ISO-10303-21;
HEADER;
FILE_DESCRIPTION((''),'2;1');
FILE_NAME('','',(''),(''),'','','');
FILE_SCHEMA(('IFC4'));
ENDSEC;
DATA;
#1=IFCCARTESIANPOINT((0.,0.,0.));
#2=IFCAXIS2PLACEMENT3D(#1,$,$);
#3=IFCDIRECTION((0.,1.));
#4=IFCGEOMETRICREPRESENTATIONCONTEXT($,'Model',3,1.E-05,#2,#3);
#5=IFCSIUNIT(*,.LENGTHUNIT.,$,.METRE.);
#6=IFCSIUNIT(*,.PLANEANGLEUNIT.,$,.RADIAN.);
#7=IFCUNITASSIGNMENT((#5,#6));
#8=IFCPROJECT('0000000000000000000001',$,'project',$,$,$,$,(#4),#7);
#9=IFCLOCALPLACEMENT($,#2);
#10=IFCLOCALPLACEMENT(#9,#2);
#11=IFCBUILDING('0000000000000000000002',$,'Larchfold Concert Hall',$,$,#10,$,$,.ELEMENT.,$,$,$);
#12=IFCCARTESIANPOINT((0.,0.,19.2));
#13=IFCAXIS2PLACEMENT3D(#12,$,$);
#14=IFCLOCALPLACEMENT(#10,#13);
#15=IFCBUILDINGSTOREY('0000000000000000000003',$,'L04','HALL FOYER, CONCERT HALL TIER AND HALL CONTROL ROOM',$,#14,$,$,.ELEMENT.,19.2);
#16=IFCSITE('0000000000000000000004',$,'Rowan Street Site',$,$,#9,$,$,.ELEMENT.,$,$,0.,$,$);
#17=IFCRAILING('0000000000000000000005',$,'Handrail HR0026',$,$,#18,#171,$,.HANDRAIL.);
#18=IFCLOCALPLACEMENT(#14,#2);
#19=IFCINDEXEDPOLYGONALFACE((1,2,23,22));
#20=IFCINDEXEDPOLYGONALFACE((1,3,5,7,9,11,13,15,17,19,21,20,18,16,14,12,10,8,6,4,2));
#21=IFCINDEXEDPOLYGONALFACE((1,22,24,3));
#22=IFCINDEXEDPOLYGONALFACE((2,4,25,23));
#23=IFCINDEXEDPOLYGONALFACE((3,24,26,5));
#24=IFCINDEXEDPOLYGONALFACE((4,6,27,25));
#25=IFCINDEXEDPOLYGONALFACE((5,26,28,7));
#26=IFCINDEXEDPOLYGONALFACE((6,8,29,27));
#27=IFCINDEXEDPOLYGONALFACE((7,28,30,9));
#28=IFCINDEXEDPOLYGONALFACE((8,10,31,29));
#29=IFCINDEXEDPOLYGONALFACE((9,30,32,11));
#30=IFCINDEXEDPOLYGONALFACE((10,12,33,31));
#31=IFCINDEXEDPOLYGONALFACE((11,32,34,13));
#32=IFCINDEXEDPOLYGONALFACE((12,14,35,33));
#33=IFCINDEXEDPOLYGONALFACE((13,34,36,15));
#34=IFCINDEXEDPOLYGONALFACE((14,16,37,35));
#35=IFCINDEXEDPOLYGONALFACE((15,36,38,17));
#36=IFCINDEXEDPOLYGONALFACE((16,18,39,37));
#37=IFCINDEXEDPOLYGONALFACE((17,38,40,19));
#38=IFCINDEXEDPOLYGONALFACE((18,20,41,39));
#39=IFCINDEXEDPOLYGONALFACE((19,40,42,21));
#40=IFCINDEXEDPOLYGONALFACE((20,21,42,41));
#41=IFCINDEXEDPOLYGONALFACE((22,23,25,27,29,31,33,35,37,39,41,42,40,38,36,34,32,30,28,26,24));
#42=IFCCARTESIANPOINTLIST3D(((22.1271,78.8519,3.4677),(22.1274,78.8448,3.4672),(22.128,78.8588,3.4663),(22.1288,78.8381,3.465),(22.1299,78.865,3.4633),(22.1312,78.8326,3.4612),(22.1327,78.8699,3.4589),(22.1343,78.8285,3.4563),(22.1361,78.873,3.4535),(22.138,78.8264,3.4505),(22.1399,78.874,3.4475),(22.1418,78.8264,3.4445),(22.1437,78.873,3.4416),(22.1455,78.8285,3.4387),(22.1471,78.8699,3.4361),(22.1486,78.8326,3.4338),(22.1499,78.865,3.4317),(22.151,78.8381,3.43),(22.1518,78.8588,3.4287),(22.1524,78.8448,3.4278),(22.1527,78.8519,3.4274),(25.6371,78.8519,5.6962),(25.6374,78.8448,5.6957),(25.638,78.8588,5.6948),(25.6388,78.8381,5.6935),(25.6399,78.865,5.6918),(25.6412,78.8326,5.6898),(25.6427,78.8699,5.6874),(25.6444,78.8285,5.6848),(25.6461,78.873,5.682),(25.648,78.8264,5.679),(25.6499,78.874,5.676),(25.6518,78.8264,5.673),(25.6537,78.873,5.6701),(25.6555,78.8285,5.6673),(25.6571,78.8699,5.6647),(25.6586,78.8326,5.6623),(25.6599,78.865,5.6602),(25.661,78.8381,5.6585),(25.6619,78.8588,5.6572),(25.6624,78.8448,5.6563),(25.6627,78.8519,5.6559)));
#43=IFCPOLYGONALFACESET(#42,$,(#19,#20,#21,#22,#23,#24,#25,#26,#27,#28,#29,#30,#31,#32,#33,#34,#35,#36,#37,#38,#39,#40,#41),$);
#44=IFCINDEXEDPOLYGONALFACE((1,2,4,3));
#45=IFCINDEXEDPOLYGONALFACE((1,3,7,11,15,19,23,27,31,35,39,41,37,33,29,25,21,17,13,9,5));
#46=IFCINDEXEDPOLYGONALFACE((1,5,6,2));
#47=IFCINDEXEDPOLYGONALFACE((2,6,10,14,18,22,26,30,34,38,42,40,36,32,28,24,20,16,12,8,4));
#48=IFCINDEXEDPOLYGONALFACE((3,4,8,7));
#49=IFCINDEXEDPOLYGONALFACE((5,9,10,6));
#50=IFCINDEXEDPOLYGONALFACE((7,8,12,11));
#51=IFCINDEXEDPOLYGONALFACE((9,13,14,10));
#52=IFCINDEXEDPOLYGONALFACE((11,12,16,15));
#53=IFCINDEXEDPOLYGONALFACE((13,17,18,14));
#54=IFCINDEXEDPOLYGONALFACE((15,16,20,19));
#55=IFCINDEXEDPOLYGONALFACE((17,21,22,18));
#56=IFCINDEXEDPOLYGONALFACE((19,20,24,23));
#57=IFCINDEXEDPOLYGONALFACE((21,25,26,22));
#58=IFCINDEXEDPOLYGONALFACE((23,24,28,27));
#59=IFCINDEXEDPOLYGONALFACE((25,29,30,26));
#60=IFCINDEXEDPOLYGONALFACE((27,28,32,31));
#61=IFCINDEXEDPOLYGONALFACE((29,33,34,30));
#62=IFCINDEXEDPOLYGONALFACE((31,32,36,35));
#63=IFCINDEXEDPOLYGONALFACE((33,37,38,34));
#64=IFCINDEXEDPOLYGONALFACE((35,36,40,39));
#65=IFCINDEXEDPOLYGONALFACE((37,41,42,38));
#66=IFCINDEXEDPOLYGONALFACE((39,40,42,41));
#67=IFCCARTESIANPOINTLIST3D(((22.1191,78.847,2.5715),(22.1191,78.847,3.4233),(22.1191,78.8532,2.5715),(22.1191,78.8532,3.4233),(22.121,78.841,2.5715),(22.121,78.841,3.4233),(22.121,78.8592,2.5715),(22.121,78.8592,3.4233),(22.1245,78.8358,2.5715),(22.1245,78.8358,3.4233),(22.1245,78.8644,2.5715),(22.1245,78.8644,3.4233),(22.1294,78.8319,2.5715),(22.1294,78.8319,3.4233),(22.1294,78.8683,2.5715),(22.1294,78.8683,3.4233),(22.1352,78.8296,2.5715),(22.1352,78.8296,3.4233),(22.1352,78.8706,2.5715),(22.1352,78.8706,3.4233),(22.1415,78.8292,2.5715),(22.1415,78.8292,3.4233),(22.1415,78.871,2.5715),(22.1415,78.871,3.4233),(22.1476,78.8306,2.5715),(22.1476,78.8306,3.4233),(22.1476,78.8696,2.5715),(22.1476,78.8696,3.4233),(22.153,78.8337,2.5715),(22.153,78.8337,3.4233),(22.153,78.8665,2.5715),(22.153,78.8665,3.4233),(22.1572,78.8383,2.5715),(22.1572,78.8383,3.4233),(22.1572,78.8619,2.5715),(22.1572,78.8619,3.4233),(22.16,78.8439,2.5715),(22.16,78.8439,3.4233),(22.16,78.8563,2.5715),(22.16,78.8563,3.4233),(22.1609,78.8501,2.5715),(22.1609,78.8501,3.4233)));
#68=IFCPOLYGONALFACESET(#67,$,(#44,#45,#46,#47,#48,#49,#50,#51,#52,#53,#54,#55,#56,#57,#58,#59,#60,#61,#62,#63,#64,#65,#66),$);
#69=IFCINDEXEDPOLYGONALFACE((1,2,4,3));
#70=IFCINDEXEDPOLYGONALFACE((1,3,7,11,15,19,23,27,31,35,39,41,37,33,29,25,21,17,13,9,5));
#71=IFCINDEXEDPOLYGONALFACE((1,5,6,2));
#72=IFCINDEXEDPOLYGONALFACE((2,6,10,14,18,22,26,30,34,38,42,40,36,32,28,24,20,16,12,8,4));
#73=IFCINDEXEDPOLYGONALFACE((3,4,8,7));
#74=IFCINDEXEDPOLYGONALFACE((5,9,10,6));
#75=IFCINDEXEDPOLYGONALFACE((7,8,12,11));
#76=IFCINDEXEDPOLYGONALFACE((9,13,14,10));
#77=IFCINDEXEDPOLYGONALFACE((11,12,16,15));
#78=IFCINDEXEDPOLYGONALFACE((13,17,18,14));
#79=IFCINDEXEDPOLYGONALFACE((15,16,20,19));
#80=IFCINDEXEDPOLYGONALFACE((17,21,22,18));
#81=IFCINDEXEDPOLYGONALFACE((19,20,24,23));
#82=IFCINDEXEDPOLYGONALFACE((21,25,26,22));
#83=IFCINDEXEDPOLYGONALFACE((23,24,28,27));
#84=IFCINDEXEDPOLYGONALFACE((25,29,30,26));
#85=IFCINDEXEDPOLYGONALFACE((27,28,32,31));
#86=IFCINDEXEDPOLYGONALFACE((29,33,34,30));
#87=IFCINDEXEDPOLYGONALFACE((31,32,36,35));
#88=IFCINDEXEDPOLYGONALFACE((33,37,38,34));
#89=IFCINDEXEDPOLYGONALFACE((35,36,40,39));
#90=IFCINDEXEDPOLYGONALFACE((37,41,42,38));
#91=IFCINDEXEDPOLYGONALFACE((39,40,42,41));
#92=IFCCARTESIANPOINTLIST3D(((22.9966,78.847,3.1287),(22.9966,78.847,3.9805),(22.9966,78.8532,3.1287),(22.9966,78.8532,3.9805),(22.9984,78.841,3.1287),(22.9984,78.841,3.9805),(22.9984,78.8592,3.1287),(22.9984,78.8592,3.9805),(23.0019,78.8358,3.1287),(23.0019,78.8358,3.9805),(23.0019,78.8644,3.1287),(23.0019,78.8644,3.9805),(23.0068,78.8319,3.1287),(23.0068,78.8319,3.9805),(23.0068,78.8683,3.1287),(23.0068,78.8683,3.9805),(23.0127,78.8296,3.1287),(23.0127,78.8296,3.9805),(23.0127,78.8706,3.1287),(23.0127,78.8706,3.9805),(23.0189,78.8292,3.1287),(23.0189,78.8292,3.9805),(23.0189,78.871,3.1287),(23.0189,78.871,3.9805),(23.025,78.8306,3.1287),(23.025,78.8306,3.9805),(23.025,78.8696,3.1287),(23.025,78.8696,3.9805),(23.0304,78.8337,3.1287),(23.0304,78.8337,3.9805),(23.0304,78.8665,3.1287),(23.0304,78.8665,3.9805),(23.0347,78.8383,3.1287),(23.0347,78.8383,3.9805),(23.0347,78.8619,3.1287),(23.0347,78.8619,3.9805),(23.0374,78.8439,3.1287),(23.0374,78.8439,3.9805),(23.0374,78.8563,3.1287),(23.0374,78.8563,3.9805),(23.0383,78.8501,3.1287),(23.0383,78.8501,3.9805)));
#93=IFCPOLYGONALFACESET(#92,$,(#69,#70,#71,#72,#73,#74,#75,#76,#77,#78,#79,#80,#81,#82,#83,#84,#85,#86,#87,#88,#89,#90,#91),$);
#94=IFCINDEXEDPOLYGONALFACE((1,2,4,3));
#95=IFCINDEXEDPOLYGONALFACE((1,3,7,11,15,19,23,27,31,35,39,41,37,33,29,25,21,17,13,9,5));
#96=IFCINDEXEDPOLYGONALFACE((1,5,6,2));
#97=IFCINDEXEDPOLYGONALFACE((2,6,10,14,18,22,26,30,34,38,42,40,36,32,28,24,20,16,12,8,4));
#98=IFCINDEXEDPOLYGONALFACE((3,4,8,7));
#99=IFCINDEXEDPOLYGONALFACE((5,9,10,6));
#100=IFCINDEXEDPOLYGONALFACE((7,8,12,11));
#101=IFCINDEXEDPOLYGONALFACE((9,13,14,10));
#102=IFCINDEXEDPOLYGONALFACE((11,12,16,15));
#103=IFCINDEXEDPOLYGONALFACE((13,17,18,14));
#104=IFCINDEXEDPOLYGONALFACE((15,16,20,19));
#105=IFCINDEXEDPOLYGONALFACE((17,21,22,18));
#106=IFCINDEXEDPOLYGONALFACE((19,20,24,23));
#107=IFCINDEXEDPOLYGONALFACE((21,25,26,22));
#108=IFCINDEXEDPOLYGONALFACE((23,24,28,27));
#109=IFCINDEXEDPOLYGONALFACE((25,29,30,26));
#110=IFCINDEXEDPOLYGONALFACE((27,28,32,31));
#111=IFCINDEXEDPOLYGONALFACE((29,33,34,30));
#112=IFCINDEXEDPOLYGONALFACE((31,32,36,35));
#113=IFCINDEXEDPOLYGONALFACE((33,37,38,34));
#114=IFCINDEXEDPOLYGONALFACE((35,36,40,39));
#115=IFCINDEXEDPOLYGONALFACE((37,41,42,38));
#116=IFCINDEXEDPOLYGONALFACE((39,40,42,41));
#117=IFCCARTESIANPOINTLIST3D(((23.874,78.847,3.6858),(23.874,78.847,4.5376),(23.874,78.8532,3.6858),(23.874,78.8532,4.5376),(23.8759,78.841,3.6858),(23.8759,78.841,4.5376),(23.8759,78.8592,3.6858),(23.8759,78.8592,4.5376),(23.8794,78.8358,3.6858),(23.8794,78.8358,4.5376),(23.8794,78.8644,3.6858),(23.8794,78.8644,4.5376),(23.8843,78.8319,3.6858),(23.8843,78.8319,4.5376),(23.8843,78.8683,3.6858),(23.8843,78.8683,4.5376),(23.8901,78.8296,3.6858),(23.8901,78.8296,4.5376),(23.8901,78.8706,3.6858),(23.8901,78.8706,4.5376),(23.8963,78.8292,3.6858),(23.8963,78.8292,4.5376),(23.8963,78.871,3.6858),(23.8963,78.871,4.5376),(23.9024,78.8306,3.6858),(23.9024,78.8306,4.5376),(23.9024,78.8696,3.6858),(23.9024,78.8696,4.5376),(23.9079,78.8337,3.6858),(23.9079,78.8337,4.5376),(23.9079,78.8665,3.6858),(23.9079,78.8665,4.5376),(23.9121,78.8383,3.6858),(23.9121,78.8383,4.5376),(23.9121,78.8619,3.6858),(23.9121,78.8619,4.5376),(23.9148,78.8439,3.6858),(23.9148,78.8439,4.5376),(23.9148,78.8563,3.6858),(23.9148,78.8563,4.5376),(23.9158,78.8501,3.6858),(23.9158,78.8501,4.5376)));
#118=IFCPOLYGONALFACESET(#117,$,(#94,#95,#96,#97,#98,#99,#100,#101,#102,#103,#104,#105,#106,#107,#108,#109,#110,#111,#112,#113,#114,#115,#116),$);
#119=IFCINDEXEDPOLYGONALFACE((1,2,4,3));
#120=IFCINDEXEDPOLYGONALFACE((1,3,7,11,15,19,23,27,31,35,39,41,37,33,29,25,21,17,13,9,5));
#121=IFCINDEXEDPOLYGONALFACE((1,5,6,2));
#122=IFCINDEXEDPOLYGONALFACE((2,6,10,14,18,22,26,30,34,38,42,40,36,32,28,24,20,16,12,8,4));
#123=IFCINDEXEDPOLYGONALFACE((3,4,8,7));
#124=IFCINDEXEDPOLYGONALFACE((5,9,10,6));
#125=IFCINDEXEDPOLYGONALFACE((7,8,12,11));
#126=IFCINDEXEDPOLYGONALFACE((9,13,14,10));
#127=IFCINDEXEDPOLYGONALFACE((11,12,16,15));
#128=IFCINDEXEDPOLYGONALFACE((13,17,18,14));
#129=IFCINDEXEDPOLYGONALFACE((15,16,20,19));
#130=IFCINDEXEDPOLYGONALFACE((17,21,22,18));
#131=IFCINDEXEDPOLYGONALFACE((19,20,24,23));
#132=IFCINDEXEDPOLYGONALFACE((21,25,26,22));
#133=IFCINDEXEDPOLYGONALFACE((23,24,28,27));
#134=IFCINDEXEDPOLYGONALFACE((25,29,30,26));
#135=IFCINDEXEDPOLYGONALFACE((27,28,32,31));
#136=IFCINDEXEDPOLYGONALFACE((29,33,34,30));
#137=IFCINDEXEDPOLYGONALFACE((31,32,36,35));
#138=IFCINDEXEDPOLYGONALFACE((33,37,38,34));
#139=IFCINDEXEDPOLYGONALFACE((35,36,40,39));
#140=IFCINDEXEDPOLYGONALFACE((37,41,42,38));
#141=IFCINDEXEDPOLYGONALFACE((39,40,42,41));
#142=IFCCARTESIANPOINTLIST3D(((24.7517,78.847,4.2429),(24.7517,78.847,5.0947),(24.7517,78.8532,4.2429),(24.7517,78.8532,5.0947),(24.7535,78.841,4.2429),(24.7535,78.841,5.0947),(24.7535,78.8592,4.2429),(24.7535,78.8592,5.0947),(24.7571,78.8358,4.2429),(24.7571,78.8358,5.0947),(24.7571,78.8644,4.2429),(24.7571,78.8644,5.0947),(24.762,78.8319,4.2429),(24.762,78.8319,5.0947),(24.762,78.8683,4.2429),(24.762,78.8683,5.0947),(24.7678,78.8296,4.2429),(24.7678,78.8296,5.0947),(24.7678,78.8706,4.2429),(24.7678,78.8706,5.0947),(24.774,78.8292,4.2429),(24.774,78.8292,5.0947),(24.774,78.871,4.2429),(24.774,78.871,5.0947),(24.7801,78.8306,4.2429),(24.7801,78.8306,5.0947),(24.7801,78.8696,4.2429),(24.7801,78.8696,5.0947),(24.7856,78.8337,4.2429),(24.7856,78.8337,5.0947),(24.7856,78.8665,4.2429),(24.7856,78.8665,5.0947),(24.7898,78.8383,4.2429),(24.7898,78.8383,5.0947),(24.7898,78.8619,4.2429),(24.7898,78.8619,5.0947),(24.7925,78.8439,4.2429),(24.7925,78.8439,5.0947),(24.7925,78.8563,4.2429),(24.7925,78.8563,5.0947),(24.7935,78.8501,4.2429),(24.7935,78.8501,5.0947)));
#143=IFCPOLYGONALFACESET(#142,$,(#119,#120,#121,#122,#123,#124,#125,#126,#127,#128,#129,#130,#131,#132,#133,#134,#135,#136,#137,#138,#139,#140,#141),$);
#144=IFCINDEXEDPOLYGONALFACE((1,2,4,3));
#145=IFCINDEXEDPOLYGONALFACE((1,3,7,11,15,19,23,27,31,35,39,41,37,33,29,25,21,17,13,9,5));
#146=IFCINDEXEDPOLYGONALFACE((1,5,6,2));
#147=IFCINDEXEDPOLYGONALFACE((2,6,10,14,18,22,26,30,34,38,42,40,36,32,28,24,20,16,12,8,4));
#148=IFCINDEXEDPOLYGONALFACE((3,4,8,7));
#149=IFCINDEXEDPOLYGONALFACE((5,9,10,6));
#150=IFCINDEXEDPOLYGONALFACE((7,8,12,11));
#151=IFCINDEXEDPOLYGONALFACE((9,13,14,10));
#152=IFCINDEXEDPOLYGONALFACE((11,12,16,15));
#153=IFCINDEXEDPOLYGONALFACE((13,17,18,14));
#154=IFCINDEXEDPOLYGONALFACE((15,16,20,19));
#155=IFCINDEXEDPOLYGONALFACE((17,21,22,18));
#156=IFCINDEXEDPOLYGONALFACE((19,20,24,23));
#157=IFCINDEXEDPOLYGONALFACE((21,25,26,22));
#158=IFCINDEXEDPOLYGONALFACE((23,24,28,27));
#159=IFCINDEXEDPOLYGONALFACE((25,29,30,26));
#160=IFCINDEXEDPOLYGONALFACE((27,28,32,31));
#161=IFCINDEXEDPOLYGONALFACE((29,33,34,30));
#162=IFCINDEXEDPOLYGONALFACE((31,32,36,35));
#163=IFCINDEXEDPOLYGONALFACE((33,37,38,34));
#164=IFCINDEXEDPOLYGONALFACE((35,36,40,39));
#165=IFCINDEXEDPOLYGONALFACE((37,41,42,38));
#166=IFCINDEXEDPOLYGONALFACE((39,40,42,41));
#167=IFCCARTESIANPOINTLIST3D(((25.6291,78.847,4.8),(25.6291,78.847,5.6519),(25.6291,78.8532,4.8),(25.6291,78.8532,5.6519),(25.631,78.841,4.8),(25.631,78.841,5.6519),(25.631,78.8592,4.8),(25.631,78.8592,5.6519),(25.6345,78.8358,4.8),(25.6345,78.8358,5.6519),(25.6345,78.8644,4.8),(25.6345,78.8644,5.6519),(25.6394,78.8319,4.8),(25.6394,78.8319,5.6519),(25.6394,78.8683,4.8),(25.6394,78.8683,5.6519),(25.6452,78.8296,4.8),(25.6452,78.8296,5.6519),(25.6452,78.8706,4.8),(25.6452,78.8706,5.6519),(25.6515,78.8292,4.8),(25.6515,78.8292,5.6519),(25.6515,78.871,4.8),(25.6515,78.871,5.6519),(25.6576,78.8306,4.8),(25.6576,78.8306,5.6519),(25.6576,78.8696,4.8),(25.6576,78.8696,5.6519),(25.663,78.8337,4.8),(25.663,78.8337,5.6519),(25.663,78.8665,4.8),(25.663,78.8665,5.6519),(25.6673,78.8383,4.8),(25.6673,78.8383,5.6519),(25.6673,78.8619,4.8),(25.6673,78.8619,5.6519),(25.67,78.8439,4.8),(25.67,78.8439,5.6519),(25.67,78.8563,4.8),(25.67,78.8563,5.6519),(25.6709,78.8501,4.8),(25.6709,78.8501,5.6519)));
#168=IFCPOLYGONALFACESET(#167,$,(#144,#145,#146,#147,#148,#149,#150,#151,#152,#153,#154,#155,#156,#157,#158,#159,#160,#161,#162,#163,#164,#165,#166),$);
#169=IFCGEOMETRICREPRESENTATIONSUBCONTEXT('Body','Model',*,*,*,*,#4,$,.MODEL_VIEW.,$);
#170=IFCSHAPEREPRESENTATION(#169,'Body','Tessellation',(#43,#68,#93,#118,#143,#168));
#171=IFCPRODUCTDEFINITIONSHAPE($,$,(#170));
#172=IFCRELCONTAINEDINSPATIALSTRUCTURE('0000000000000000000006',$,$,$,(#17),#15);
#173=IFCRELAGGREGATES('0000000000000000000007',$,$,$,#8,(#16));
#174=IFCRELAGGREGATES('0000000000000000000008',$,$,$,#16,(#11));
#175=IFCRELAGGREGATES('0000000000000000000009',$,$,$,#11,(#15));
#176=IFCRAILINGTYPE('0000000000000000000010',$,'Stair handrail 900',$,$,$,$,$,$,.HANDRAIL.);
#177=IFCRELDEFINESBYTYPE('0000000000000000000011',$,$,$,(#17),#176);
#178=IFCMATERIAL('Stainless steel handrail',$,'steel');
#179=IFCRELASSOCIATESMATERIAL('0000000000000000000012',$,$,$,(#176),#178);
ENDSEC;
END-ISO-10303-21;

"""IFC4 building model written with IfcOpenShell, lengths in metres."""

from ifc_helpers import new_model, si_unit, direction, frame, origin, origin_2d, place, context, subcontext, project, spatial, circle, extrude, material, type_object, element, save


model = new_model("IFC4")

# Units and contexts
model_context = context("Model", 3, precision=1e-05, world=origin(), true_north=direction((0.0, 1.0)))
body_context = subcontext(model_context, "Body", "Model", "MODEL_VIEW")
ifc_project = project(units=[si_unit("LENGTHUNIT", "METRE"), si_unit("PLANEANGLEUNIT", "RADIAN")], contexts=[model_context])

# Site, building, storey
site_placement = place(None, origin())
site = spatial("IfcSite", under=ifc_project, at=site_placement, Name="Rowan Street Site", CompositionType="ELEMENT", RefElevation=0.0)
building_placement = place(site_placement, origin())
building = spatial("IfcBuilding", under=site, at=building_placement, Name="Larchfold Concert Hall", CompositionType="ELEMENT")
storey_placement = place(building_placement, frame((0.0, 0.0, 19.2)))
storey = spatial("IfcBuildingStorey", under=building, at=storey_placement, Name="L04", Description="HALL FOYER, CONCERT HALL TIER AND HALL CONTROL ROOM", CompositionType="ELEMENT", Elevation=19.2)

# Railing
ifc_material_1 = material(Name="Stainless steel handrail", Category="steel")
railing_type_1 = type_object("IfcRailingType", Name="Stair handrail 900", PredefinedType="HANDRAIL", material=ifc_material_1)
railing_1_placement = place(storey_placement, frame((22.1399, 78.8501, 2.5715)))
element("IfcRailing", 1, at=railing_1_placement, inside=storey, type_object=railing_type_1, Name="Handrail HR0026", PredefinedType="HANDRAIL", context=body_context, shape_type="SweptSolid", body=[
    extrude(circle(Radius=0.0239, at=origin_2d()), frame((0.0, 0.0, 0.876), z_axis=(0.84422, 0.0, 0.535998), x_axis=(0.0, 1.0, 0.0)), (0.0, 0.0, 1.0), 4.1577),
    extrude(circle(Radius=0.021, at=origin_2d()), origin(), (0.0, 0.0, 1.0), 0.8518),
    extrude(circle(Radius=0.021, at=origin_2d()), frame((0.8774, 0.0, 0.5571)), (0.0, 0.0, 1.0), 0.8518),
    extrude(circle(Radius=0.021, at=origin_2d()), frame((1.7549, 0.0, 1.1143)), (0.0, 0.0, 1.0), 0.8518),
    extrude(circle(Radius=0.021, at=origin_2d()), frame((2.6326, 0.0, 1.6714)), (0.0, 0.0, 1.0), 0.8518),
    extrude(circle(Radius=0.021, at=origin_2d()), frame((3.51, 0.0, 2.2285)), (0.0, 0.0, 1.0), 0.8518),
])

save(model, "model.ifc")
